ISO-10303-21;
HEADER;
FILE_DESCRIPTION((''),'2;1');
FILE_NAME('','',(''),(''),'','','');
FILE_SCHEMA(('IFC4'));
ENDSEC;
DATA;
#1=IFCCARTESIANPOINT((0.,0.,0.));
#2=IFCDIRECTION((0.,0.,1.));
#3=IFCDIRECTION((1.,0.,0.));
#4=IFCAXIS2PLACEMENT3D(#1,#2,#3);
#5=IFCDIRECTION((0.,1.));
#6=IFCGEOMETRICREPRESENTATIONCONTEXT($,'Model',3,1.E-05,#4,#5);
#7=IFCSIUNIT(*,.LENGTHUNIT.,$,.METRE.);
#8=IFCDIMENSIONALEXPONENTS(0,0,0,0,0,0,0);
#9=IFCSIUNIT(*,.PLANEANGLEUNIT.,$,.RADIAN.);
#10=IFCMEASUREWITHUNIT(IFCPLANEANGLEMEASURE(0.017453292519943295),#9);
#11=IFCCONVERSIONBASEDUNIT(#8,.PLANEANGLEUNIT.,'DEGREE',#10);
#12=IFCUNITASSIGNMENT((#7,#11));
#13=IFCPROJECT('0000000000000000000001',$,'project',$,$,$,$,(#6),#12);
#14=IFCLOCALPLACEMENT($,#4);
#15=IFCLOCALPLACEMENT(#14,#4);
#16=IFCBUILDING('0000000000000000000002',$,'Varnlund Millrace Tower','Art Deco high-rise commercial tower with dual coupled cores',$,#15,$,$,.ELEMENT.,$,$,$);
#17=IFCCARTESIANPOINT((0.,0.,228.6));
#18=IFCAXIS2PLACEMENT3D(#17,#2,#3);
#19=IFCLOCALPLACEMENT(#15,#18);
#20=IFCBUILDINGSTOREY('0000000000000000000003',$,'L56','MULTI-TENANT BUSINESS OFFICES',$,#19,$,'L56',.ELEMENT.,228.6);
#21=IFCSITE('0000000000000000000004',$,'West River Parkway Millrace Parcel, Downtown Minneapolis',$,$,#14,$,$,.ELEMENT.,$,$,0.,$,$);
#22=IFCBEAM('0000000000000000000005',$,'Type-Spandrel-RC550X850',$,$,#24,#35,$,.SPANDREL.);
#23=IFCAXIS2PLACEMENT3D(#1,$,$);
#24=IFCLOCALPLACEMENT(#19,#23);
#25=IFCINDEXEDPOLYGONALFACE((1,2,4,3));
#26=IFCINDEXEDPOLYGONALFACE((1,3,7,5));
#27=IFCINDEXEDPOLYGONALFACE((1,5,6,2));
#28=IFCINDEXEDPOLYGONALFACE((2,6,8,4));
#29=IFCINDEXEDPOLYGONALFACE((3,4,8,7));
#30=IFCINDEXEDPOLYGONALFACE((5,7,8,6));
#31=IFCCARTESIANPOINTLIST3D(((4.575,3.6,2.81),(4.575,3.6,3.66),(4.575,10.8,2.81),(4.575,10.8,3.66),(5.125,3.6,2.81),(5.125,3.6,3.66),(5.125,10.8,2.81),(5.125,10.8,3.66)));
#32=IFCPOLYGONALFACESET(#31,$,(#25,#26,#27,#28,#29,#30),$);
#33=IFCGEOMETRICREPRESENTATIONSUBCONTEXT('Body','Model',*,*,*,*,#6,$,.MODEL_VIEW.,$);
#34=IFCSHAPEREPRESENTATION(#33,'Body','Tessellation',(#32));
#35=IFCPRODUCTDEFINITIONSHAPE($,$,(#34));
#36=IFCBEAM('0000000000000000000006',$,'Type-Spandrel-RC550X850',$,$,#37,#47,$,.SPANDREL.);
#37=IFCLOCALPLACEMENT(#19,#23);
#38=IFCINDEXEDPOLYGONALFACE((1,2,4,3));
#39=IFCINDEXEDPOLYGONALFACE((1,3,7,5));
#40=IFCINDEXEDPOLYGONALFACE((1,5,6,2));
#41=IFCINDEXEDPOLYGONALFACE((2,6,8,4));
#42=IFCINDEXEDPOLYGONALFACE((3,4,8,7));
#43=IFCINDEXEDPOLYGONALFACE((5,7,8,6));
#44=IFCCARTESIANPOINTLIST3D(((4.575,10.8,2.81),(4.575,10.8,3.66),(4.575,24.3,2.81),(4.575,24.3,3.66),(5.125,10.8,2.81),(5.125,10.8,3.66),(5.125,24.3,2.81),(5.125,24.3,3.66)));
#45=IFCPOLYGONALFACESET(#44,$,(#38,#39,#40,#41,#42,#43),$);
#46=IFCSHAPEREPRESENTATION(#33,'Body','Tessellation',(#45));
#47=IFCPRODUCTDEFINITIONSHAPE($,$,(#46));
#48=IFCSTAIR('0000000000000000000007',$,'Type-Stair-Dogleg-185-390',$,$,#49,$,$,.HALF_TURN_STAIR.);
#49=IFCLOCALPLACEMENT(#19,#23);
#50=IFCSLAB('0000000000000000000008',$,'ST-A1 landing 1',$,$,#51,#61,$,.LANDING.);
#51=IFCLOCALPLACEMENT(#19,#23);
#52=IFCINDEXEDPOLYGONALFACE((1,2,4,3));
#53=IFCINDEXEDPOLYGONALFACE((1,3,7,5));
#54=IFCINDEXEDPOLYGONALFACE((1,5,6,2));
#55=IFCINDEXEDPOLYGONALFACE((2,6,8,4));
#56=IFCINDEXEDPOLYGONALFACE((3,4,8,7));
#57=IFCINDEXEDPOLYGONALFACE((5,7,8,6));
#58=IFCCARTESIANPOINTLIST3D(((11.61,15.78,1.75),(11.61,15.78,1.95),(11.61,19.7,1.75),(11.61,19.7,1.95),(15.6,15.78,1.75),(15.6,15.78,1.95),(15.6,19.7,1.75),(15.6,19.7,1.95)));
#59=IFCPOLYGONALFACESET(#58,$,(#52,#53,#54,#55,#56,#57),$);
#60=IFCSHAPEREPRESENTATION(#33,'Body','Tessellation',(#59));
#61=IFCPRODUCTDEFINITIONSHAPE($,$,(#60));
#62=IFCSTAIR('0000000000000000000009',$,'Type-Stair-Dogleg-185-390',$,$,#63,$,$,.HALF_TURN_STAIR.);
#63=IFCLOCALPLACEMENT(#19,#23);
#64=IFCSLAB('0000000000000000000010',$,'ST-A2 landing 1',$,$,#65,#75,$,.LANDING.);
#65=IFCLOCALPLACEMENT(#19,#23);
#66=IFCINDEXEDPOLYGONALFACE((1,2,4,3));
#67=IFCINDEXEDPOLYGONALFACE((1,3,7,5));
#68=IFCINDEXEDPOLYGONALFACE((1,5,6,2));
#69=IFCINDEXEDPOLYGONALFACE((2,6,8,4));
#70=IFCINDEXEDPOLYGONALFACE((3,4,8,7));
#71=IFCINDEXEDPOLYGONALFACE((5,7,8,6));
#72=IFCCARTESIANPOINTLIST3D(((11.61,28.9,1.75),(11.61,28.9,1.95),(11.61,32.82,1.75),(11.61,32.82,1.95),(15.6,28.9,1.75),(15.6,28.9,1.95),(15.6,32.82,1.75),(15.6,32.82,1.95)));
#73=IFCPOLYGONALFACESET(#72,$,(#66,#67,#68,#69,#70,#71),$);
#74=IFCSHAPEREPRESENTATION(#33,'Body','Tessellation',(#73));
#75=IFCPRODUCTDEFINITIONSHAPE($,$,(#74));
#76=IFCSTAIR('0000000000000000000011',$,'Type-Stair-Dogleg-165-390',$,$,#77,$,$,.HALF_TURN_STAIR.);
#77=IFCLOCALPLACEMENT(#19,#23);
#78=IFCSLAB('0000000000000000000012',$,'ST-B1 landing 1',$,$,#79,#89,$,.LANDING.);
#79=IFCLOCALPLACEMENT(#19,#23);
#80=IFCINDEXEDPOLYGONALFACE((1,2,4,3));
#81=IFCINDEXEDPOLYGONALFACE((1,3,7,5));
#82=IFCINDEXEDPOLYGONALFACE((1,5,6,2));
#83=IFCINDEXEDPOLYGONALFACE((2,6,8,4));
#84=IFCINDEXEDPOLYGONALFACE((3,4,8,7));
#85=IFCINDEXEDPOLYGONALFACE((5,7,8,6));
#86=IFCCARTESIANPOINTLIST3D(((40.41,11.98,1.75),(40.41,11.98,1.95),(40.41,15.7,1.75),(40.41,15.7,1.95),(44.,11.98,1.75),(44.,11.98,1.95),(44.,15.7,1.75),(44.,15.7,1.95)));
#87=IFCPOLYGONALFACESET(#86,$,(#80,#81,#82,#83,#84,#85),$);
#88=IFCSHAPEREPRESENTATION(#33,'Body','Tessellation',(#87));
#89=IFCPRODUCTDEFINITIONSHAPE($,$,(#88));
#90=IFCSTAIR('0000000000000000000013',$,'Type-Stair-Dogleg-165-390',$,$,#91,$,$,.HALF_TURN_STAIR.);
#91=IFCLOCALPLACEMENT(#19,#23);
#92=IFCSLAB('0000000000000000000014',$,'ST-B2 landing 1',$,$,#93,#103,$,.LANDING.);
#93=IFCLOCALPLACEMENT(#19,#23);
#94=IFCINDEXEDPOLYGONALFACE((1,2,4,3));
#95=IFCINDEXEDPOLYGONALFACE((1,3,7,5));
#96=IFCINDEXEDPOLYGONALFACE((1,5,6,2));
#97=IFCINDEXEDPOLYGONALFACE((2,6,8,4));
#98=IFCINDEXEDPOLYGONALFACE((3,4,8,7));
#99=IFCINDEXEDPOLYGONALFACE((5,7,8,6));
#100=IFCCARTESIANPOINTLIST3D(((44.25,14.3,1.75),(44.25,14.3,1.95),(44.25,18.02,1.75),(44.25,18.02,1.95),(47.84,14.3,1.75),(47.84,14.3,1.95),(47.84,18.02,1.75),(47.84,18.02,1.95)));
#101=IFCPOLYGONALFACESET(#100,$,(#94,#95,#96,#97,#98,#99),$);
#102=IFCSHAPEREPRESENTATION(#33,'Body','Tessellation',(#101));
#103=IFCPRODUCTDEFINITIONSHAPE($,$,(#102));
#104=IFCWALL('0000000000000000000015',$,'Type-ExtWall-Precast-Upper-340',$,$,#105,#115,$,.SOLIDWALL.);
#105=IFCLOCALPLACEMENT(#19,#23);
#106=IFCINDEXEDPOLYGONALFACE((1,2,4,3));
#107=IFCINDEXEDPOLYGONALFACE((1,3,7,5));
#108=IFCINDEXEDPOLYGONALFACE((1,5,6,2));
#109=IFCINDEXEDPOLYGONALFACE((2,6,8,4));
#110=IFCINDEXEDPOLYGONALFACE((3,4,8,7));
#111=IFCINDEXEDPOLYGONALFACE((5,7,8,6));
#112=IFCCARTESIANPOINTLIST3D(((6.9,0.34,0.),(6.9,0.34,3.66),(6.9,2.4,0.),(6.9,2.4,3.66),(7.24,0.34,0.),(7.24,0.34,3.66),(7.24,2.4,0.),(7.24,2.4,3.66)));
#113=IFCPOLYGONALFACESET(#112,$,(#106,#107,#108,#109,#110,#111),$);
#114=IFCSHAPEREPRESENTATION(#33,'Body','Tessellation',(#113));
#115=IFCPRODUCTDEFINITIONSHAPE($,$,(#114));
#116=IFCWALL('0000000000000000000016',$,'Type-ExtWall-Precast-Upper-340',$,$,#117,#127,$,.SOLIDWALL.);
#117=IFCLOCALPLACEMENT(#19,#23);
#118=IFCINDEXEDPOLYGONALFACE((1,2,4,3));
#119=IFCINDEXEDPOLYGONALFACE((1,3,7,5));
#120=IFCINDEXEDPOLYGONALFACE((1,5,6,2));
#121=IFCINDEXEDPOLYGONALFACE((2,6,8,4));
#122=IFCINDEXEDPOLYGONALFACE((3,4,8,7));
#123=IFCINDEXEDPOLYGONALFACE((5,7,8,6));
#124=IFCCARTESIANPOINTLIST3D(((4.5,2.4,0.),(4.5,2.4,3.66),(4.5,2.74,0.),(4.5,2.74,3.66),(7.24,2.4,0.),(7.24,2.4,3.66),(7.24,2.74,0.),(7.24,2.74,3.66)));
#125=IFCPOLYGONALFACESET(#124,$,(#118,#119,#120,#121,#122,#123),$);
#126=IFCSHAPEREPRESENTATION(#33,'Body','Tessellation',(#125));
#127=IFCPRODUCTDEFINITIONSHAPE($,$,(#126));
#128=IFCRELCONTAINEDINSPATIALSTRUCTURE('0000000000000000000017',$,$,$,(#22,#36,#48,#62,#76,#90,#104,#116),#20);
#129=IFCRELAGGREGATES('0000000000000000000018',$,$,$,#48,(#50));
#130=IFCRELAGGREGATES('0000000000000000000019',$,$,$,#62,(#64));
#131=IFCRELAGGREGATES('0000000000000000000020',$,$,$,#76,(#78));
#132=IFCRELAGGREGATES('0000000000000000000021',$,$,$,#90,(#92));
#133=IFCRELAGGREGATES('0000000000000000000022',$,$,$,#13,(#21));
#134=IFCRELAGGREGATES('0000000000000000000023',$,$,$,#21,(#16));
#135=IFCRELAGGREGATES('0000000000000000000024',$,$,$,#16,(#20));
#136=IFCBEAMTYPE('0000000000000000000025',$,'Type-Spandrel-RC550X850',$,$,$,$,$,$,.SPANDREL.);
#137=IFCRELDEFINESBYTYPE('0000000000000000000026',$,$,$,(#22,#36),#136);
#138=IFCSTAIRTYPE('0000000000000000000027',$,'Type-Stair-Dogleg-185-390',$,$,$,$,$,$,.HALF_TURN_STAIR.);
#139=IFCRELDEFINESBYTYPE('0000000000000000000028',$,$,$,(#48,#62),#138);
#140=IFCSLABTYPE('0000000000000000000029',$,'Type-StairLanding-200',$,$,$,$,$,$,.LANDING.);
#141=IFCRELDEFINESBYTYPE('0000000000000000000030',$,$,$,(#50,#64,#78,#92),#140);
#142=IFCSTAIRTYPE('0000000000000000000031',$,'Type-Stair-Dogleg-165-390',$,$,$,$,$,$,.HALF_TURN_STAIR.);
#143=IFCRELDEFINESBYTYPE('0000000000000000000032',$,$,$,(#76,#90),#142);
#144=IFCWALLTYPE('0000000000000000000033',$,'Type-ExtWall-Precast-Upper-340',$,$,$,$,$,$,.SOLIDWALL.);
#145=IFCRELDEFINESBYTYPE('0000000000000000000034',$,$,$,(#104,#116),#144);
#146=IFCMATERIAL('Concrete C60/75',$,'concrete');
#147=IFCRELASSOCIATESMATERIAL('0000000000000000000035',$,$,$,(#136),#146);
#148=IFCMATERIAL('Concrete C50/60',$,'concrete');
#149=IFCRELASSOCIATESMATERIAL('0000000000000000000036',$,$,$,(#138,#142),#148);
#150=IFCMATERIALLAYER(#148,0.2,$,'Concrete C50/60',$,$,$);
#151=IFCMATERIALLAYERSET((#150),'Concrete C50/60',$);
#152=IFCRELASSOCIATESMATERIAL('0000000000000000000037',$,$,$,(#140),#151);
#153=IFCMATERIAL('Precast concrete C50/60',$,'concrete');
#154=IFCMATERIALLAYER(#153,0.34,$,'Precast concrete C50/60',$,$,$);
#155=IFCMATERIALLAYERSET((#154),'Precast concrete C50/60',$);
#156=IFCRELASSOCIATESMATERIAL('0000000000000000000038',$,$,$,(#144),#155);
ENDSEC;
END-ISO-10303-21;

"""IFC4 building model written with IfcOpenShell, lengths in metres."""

from ifc_helpers import new_model, entity, si_unit, converted_unit, direction, frame, origin_with_axes, origin_2d_with_axis, place, context, subcontext, project, spatial, polyline, rectangle, outline, extrude, material, layer, layer_set, material_profile, profile_set, type_object, element, aggregate, save


model = new_model("IFC4")

# Units and contexts
model_context = context("Model", 3, precision=1e-05, world=origin_with_axes(), true_north=direction((0.0, 1.0)))
body_context = subcontext(model_context, "Body", "Model", "MODEL_VIEW")
ifc_project = project(units=[si_unit("LENGTHUNIT", "METRE"), converted_unit("PLANEANGLEUNIT", "DEGREE", entity("IfcPlaneAngleMeasure", 0.017453292519943295), si_unit("PLANEANGLEUNIT", "RADIAN"), dimensions=[0, 0, 0, 0, 0, 0, 0])], contexts=[model_context])

# Site, building, storey
site_placement = place(None, origin_with_axes())
site = spatial("IfcSite", under=ifc_project, at=site_placement, Name="West River Parkway Millrace Parcel, Downtown Minneapolis", CompositionType="ELEMENT", RefElevation=0.0)
building_placement = place(site_placement, origin_with_axes())
building = spatial("IfcBuilding", under=site, at=building_placement, Name="Varnlund Millrace Tower", Description="Art Deco high-rise commercial tower with dual coupled cores", CompositionType="ELEMENT")
storey_placement = place(building_placement, frame((0.0, 0.0, 228.6), z_axis=(0.0, 0.0, 1.0), x_axis=(1.0, 0.0, 0.0)))
storey = spatial("IfcBuildingStorey", under=building, at=storey_placement, Name="L56", Description="MULTI-TENANT BUSINESS OFFICES", LongName="L56", CompositionType="ELEMENT", Elevation=228.6)

# Beams
ifc_material_1 = material(Name="Concrete C60/75", Category="concrete")
ifc_material_profile_1 = material_profile(ifc_material_1, rectangle(XDim=0.55, YDim=0.85, at=origin_2d_with_axis()), Name="Concrete C60/75")
ifc_profile_set_1 = profile_set([ifc_material_profile_1], Name="Concrete C60/75")
beam_type_1 = type_object("IfcBeamType", Name="Type-Spandrel-RC550X850", PredefinedType="SPANDREL", material=ifc_profile_set_1)
beam_1_placement = place(storey_placement, frame((4.85, 3.6, 3.235), z_axis=(0.0, 1.0, 0.0), x_axis=(-1.0, 0.0, 0.0)))
element("IfcBeam", 1, at=beam_1_placement, inside=storey, type_object=beam_type_1, Name="Type-Spandrel-RC550X850", PredefinedType="SPANDREL", context=body_context, shape_type="SweptSolid", body=[
    extrude(rectangle(XDim=0.55, YDim=0.85, at=origin_2d_with_axis()), origin_with_axes(), (0.0, 0.0, 1.0), 7.2),
])
beam_2_placement = place(storey_placement, frame((4.85, 10.8, 3.235), z_axis=(0.0, 1.0, 0.0), x_axis=(-1.0, 0.0, 0.0)))
element("IfcBeam", 2, at=beam_2_placement, inside=storey, type_object=beam_type_1, Name="Type-Spandrel-RC550X850", PredefinedType="SPANDREL", context=body_context, shape_type="SweptSolid", body=[
    extrude(rectangle(XDim=0.55, YDim=0.85, at=origin_2d_with_axis()), origin_with_axes(), (0.0, 0.0, 1.0), 13.5),
])

# Stairs, slabs
ifc_material_2 = material(Name="Concrete C50/60", Category="concrete")
stair_type_1 = type_object("IfcStairType", Name="Type-Stair-Dogleg-185-390", PredefinedType="HALF_TURN_STAIR", material=ifc_material_2)
stair_1_placement = place(storey_placement, origin_with_axes())
stair_1 = element("IfcStair", 3, at=stair_1_placement, inside=storey, type_object=stair_type_1, Name="Type-Stair-Dogleg-185-390", PredefinedType="HALF_TURN_STAIR")
ifc_layer_1 = layer(ifc_material_2, 0.2, Name="Concrete C50/60")
ifc_layer_set_1 = layer_set([ifc_layer_1], Name="Concrete C50/60")
slab_type = type_object("IfcSlabType", Name="Type-StairLanding-200", PredefinedType="LANDING", material=ifc_layer_set_1)
slab_1_placement = place(storey_placement, frame((0.0, 0.0, 1.75), z_axis=(0.0, 0.0, 1.0), x_axis=(1.0, 0.0, 0.0)))
slab_1 = element("IfcSlab", 4, at=slab_1_placement, type_object=slab_type, Name="ST-A1 landing 1", PredefinedType="LANDING", context=body_context, shape_type="SweptSolid", body=[
    extrude(outline(polyline([(15.6, 15.78), (15.6, 19.7), (11.61, 19.7), (11.61, 15.78), (15.6, 15.78)])), origin_with_axes(), (0.0, 0.0, 1.0), 0.2),
])
aggregate(stair_1, [slab_1])
stair_2_placement = place(storey_placement, origin_with_axes())
stair_2 = element("IfcStair", 5, at=stair_2_placement, inside=storey, type_object=stair_type_1, Name="Type-Stair-Dogleg-185-390", PredefinedType="HALF_TURN_STAIR")
slab_2_placement = place(storey_placement, frame((0.0, 0.0, 1.75), z_axis=(0.0, 0.0, 1.0), x_axis=(1.0, 0.0, 0.0)))
slab_2 = element("IfcSlab", 6, at=slab_2_placement, type_object=slab_type, Name="ST-A2 landing 1", PredefinedType="LANDING", context=body_context, shape_type="SweptSolid", body=[
    extrude(outline(polyline([(11.61, 32.82), (11.61, 28.9), (15.6, 28.9), (15.6, 32.82), (11.61, 32.82)])), origin_with_axes(), (0.0, 0.0, 1.0), 0.2),
])
aggregate(stair_2, [slab_2])
stair_type_2 = type_object("IfcStairType", Name="Type-Stair-Dogleg-165-390", PredefinedType="HALF_TURN_STAIR", material=ifc_material_2)
stair_3_placement = place(storey_placement, origin_with_axes())
stair_3 = element("IfcStair", 7, at=stair_3_placement, inside=storey, type_object=stair_type_2, Name="Type-Stair-Dogleg-165-390", PredefinedType="HALF_TURN_STAIR")
slab_3_placement = place(storey_placement, frame((0.0, 0.0, 1.75), z_axis=(0.0, 0.0, 1.0), x_axis=(1.0, 0.0, 0.0)))
slab_3 = element("IfcSlab", 8, at=slab_3_placement, type_object=slab_type, Name="ST-B1 landing 1", PredefinedType="LANDING", context=body_context, shape_type="SweptSolid", body=[
    extrude(outline(polyline([(44.0, 11.98), (44.0, 15.7), (40.41, 15.7), (40.41, 11.98), (44.0, 11.98)])), origin_with_axes(), (0.0, 0.0, 1.0), 0.2),
])
aggregate(stair_3, [slab_3])
stair_4_placement = place(storey_placement, origin_with_axes())
stair_4 = element("IfcStair", 9, at=stair_4_placement, inside=storey, type_object=stair_type_2, Name="Type-Stair-Dogleg-165-390", PredefinedType="HALF_TURN_STAIR")
slab_4_placement = place(storey_placement, frame((0.0, 0.0, 1.75), z_axis=(0.0, 0.0, 1.0), x_axis=(1.0, 0.0, 0.0)))
slab_4 = element("IfcSlab", 10, at=slab_4_placement, type_object=slab_type, Name="ST-B2 landing 1", PredefinedType="LANDING", context=body_context, shape_type="SweptSolid", body=[
    extrude(outline(polyline([(44.25, 18.02), (44.25, 14.3), (47.84, 14.3), (47.84, 18.02), (44.25, 18.02)])), origin_with_axes(), (0.0, 0.0, 1.0), 0.2),
])
aggregate(stair_4, [slab_4])

# Walls
ifc_material_3 = material(Name="Precast concrete C50/60", Category="concrete")
ifc_layer_2 = layer(ifc_material_3, 0.34, Name="Precast concrete C50/60")
ifc_layer_set_2 = layer_set([ifc_layer_2], Name="Precast concrete C50/60")
wall_type = type_object("IfcWallType", Name="Type-ExtWall-Precast-Upper-340", PredefinedType="SOLIDWALL", material=ifc_layer_set_2)
wall_1_placement = place(storey_placement, frame((7.07, 0.34, 0.0), z_axis=(0.0, 0.0, 1.0), x_axis=(0.0, 1.0, 0.0)))
element("IfcWall", 11, at=wall_1_placement, inside=storey, type_object=wall_type, Name="Type-ExtWall-Precast-Upper-340", PredefinedType="SOLIDWALL", context=body_context, shape_type="SweptSolid", body=[
    extrude(outline(polyline([(0.0, -0.17), (2.06, -0.17), (2.06, 0.17), (0.0, 0.17), (0.0, -0.17)])), origin_with_axes(), (0.0, 0.0, 1.0), 3.66),
])
wall_2_placement = place(storey_placement, frame((7.24, 2.57, 0.0), z_axis=(0.0, 0.0, 1.0), x_axis=(-1.0, 0.0, 0.0)))
element("IfcWall", 12, at=wall_2_placement, inside=storey, type_object=wall_type, Name="Type-ExtWall-Precast-Upper-340", PredefinedType="SOLIDWALL", context=body_context, shape_type="SweptSolid", body=[
    extrude(outline(polyline([(0.0, -0.17), (2.74, -0.17), (2.74, 0.17), (0.0, 0.17), (0.0, -0.17)])), origin_with_axes(), (0.0, 0.0, 1.0), 3.66),
])

save(model, "model.ifc")
